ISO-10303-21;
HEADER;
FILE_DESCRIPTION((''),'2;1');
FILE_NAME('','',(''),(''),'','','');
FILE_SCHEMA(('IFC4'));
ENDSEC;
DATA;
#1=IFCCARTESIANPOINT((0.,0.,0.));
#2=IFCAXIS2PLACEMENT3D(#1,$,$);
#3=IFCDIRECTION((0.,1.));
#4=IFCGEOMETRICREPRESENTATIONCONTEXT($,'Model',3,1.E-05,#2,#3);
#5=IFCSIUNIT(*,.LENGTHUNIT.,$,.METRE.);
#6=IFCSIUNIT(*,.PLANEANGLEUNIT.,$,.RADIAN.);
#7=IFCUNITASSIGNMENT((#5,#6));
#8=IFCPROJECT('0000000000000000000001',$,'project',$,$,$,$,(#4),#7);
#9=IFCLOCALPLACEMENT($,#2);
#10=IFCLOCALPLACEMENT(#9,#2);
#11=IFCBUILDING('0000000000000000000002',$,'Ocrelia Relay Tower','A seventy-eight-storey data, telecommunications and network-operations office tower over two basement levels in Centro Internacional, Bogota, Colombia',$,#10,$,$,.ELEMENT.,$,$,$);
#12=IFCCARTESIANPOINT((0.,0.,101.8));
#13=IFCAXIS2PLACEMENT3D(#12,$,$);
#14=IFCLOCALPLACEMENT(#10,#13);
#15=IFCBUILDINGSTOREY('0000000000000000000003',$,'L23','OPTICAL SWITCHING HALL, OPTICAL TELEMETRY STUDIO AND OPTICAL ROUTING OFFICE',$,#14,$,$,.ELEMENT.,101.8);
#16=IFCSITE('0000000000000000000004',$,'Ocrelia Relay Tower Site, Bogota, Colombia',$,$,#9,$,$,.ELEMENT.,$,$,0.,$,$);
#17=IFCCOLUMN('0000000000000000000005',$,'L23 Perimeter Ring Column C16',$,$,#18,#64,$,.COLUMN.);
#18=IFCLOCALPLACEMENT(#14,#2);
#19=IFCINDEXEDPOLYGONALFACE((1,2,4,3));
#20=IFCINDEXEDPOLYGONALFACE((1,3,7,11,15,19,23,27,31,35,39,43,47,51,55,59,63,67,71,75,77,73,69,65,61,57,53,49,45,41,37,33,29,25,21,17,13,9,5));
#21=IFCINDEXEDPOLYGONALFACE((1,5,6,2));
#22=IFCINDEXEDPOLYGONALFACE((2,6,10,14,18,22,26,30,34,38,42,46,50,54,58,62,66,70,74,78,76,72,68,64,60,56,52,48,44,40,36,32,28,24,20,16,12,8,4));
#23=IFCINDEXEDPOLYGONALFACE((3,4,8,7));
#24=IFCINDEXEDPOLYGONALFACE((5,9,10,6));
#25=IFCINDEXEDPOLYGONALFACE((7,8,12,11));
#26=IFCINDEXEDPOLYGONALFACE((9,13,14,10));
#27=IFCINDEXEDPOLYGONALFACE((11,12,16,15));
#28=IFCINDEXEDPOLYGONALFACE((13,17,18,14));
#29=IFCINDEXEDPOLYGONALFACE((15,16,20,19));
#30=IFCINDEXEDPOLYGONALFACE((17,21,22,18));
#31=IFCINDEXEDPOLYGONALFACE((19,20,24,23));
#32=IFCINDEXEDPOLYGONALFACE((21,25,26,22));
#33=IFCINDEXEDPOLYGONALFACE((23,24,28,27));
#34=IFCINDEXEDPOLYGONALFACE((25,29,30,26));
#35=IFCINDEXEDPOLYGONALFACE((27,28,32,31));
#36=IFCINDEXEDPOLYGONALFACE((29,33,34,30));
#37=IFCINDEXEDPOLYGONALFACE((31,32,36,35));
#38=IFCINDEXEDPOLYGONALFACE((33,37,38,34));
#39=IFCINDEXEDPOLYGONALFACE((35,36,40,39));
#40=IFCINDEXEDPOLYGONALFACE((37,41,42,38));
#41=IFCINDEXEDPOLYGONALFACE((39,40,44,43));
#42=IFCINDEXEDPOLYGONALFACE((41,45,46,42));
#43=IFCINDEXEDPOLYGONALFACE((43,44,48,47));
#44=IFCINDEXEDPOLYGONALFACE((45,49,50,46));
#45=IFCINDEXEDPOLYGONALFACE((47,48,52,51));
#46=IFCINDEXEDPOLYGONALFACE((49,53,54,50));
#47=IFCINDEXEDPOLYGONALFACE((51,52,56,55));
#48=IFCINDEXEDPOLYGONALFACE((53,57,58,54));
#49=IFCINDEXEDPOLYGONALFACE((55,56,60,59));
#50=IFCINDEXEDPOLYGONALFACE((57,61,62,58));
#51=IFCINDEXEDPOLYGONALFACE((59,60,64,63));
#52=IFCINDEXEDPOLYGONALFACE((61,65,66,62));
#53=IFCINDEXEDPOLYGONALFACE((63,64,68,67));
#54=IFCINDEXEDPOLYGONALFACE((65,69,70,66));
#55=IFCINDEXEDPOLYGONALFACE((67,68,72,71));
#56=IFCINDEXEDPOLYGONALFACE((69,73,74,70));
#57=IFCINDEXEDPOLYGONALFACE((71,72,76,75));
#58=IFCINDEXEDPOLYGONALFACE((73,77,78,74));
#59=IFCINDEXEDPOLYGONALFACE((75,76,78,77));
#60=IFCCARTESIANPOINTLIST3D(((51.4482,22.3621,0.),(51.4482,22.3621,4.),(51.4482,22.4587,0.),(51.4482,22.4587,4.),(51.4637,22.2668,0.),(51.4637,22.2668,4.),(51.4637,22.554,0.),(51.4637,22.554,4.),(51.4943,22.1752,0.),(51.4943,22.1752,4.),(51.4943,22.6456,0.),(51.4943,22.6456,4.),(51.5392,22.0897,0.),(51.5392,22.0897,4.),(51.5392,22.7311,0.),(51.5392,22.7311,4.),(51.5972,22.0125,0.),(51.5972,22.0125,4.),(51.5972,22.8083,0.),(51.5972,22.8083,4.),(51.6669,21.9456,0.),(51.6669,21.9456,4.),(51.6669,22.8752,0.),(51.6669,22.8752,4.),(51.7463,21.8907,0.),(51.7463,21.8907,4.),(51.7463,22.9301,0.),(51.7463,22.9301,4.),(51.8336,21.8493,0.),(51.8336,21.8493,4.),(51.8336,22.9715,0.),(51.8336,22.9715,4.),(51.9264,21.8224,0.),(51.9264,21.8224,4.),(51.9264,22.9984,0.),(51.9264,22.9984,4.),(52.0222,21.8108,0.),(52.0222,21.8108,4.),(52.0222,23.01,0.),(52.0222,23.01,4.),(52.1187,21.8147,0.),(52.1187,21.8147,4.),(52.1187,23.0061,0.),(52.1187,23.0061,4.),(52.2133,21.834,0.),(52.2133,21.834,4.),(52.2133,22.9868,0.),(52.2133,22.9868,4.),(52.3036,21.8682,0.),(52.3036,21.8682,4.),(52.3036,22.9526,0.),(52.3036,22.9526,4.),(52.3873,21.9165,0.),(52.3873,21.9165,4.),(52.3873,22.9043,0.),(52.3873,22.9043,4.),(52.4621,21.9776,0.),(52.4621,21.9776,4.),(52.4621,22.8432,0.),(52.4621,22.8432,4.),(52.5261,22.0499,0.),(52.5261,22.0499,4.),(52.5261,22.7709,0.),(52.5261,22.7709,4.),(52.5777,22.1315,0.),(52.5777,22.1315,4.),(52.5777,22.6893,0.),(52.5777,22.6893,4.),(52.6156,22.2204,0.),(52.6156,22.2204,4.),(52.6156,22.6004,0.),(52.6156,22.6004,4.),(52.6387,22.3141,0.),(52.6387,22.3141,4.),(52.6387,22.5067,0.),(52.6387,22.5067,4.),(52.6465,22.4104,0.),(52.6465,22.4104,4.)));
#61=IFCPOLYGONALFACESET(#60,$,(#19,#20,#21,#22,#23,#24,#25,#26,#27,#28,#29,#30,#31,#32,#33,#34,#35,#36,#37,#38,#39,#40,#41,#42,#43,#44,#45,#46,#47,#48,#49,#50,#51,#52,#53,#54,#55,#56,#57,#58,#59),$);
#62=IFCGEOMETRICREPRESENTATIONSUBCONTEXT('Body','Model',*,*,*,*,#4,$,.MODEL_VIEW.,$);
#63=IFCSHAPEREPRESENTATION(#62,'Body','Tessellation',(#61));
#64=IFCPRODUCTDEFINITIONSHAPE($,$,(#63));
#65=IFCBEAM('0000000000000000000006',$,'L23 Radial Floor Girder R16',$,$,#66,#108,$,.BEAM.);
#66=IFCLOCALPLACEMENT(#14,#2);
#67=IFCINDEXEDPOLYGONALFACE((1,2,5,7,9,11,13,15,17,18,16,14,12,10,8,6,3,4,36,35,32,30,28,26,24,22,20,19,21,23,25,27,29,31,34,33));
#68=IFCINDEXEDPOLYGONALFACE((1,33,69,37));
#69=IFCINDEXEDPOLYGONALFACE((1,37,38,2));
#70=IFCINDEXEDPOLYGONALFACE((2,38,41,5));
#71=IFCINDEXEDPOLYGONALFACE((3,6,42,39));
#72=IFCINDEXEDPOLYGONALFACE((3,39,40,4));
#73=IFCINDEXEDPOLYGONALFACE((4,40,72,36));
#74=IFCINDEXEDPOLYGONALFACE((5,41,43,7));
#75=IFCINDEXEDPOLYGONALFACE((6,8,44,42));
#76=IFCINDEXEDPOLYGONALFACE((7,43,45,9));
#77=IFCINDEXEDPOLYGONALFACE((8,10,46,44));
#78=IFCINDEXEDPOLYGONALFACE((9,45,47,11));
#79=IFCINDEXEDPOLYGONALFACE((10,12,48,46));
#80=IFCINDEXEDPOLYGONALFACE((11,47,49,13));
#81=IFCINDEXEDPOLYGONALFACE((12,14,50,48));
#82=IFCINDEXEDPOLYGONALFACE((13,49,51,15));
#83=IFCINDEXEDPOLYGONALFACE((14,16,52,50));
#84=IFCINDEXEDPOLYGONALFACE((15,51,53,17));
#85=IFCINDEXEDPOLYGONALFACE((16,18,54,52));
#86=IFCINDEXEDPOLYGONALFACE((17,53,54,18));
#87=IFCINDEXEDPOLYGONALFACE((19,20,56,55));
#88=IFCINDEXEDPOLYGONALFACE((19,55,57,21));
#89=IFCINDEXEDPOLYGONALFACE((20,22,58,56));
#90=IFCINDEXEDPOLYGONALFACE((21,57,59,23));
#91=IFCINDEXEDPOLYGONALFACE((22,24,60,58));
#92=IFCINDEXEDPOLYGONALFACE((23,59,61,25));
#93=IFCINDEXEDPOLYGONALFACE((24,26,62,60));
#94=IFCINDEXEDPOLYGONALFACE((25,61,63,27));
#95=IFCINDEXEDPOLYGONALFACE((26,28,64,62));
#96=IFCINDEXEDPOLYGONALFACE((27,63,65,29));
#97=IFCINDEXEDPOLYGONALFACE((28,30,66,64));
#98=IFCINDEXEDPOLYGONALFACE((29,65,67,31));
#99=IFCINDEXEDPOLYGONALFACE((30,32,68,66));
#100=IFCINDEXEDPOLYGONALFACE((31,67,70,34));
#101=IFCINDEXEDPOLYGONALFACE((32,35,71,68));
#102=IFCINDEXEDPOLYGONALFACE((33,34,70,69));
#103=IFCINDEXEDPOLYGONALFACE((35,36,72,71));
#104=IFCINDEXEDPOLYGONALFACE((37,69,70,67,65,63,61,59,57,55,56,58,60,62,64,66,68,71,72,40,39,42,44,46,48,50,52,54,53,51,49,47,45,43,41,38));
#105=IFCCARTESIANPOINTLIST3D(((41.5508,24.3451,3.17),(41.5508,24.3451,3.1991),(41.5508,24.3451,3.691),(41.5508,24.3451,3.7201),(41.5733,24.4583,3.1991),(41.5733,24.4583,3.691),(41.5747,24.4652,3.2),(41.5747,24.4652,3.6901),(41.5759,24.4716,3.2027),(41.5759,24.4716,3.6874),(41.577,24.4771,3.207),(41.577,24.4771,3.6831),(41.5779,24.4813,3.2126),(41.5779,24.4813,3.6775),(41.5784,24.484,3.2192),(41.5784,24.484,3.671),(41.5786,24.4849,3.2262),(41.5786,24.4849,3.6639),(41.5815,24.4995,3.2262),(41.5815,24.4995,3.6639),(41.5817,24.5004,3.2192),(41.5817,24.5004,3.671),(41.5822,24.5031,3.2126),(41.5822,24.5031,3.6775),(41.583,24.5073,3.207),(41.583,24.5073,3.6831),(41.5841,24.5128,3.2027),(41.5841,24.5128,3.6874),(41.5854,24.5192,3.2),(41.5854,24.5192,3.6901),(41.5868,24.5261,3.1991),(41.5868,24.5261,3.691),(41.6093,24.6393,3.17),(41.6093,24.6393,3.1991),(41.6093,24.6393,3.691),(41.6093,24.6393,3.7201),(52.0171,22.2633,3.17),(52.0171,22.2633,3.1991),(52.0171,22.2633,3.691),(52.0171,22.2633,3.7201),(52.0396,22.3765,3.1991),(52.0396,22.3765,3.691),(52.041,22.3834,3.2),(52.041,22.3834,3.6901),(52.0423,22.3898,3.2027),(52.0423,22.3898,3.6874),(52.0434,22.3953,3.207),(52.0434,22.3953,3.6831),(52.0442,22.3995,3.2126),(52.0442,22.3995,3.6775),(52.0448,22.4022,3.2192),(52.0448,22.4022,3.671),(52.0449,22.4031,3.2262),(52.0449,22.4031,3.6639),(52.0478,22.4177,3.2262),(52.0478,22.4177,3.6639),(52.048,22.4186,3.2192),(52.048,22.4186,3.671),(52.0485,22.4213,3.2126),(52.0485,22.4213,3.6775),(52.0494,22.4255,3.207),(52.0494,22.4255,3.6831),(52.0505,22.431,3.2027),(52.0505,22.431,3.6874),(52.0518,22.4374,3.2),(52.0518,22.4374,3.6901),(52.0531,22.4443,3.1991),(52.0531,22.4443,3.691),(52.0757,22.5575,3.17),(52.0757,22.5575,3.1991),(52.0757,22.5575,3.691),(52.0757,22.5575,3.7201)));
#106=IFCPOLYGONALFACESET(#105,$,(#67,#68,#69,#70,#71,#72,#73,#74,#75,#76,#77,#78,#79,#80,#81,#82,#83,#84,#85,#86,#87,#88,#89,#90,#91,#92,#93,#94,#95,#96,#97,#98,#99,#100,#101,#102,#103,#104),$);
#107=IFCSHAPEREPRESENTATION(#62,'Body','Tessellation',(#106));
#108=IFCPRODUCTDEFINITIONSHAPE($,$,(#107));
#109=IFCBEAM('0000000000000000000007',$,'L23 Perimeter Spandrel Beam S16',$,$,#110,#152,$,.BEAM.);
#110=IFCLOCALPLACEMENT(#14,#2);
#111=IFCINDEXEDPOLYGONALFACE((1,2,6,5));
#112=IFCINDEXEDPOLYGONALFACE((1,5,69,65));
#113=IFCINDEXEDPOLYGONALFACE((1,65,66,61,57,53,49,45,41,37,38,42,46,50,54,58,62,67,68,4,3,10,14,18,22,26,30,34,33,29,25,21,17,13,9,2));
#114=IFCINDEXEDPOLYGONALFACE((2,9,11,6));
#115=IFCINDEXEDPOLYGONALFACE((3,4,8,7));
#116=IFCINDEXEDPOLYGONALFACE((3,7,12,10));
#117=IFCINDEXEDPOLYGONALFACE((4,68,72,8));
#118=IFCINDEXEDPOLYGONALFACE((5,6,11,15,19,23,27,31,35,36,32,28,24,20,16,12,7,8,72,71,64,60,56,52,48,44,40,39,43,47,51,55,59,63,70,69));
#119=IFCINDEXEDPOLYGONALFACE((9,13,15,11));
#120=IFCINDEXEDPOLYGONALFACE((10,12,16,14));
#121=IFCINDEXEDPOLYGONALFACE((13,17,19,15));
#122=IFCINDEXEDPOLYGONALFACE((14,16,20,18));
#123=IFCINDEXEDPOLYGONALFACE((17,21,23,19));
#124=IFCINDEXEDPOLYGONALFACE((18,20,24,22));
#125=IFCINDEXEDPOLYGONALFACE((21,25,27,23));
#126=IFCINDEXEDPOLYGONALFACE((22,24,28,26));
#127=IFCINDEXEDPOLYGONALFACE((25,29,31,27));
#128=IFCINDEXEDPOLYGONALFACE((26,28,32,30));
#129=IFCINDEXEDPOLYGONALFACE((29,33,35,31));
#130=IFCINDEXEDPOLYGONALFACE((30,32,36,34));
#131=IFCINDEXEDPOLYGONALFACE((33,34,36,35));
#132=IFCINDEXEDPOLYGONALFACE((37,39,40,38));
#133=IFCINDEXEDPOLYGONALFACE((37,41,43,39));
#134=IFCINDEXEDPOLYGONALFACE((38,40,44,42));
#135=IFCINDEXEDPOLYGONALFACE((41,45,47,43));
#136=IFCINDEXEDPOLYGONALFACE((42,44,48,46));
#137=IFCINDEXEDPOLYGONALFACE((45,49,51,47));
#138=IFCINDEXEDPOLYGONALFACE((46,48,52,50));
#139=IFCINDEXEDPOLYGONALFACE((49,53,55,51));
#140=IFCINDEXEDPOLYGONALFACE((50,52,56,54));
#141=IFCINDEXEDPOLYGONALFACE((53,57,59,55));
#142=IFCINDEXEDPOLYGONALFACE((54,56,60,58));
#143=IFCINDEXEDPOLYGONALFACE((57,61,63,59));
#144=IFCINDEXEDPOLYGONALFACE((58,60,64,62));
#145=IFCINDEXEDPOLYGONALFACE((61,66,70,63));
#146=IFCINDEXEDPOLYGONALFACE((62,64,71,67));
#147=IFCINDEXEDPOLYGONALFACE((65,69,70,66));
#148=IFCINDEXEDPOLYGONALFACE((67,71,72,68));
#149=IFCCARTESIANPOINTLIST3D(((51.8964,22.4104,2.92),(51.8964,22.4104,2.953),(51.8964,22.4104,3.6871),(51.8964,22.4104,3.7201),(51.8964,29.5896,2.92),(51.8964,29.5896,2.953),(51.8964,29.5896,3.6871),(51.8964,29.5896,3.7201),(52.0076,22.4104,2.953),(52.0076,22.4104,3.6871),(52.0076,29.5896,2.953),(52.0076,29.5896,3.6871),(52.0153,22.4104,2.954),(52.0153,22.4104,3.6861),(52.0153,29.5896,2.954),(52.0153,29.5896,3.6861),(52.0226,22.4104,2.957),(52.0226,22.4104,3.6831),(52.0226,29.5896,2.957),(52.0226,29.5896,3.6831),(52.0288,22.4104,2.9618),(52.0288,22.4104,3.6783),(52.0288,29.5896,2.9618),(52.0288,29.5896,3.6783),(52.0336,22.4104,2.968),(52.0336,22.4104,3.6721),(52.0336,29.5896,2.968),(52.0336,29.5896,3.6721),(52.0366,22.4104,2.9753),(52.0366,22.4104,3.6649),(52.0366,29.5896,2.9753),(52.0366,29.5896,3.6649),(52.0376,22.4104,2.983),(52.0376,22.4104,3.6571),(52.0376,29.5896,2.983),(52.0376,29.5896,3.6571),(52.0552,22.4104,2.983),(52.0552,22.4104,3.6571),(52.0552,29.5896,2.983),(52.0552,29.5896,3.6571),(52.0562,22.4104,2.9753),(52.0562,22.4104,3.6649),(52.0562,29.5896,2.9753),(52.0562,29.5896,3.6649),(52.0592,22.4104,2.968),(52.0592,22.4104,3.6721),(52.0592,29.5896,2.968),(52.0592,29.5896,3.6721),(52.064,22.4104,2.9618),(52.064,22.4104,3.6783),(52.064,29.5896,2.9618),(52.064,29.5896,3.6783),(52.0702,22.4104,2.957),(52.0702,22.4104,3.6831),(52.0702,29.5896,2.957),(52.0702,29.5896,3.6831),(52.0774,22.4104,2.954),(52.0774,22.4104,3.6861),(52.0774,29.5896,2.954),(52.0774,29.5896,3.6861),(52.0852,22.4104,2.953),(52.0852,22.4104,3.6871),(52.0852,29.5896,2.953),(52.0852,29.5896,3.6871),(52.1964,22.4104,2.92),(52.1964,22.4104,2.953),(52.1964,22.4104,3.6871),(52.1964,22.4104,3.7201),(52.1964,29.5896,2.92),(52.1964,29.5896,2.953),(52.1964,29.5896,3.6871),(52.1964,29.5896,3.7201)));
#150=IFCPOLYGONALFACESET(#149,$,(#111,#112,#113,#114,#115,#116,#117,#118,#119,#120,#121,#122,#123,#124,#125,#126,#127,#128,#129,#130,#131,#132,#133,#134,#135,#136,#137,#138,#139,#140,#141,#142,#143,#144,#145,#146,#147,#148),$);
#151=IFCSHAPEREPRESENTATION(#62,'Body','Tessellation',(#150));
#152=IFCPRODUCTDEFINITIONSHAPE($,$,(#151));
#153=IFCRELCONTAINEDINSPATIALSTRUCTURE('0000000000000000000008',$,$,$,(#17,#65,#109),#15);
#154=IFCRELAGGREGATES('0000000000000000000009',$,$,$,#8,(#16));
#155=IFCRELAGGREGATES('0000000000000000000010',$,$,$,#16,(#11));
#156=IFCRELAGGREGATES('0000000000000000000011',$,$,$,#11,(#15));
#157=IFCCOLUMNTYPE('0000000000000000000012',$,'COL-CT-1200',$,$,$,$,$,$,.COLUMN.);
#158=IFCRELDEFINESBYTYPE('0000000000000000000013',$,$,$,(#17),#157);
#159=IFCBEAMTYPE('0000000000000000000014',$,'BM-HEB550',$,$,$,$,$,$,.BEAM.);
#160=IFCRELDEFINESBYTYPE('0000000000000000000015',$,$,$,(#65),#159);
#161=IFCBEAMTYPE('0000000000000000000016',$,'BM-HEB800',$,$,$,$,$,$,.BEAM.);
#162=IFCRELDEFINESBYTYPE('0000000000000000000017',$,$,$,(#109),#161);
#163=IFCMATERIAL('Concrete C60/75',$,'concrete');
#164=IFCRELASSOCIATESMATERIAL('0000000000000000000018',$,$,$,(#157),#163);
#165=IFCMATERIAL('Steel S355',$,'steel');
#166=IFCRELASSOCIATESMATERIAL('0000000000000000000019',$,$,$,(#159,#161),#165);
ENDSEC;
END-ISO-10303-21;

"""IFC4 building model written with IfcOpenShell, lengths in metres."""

from ifc_helpers import new_model, si_unit, direction, frame, origin, origin_2d, place, context, subcontext, project, spatial, circle, i_section, extrude, material, material_profile, profile_set, type_object, element, save


model = new_model("IFC4")

# Units and contexts
model_context = context("Model", 3, precision=1e-05, world=origin(), true_north=direction((0.0, 1.0)))
body_context = subcontext(model_context, "Body", "Model", "MODEL_VIEW")
ifc_project = project(units=[si_unit("LENGTHUNIT", "METRE"), si_unit("PLANEANGLEUNIT", "RADIAN")], contexts=[model_context])

# Site, building, storey
site_placement = place(None, origin())
site = spatial("IfcSite", under=ifc_project, at=site_placement, Name="Ocrelia Relay Tower Site, Bogota, Colombia", CompositionType="ELEMENT", RefElevation=0.0)
building_placement = place(site_placement, origin())
building = spatial("IfcBuilding", under=site, at=building_placement, Name="Ocrelia Relay Tower", Description="A seventy-eight-storey data, telecommunications and network-operations office tower over two basement levels in Centro Internacional, Bogota, Colombia", CompositionType="ELEMENT")
storey_placement = place(building_placement, frame((0.0, 0.0, 101.8)))
storey = spatial("IfcBuildingStorey", under=building, at=storey_placement, Name="L23", Description="OPTICAL SWITCHING HALL, OPTICAL TELEMETRY STUDIO AND OPTICAL ROUTING OFFICE", CompositionType="ELEMENT", Elevation=101.8)

# Column
ifc_material_1 = material(Name="Concrete C60/75", Category="concrete")
ifc_material_profile_1 = material_profile(ifc_material_1, circle(Radius=0.6001, at=origin_2d()), Name="RC-CIR-1200")
ifc_profile_set_1 = profile_set([ifc_material_profile_1], Name="Concrete C60/75")
column_type = type_object("IfcColumnType", Name="COL-CT-1200", PredefinedType="COLUMN", material=ifc_profile_set_1)
column_placement = place(storey_placement, frame((52.0464, 22.4104, 0.0), z_axis=(0.0, 0.0, 1.0), x_axis=(1.0, 0.0, 0.0)))
element("IfcColumn", 1, at=column_placement, inside=storey, type_object=column_type, Name="L23 Perimeter Ring Column C16", PredefinedType="COLUMN", context=body_context, shape_type="SweptSolid", body=[
    extrude(circle(Radius=0.6001, at=origin_2d()), origin(), (0.0, 0.0, 1.0), 4.0),
])

# Beams
ifc_material_2 = material(Name="Steel S355", Category="steel")
ifc_material_profile_2 = material_profile(ifc_material_2, i_section(OverallWidth=0.3, OverallDepth=0.55, WebThickness=0.0149, FlangeThickness=0.0291, FilletRadius=0.0271, at=origin_2d()), Name="HEB 550")
ifc_profile_set_2 = profile_set([ifc_material_profile_2], Name="Steel S355")
beam_type_1 = type_object("IfcBeamType", Name="BM-HEB550", PredefinedType="BEAM", material=ifc_profile_set_2)
beam_1_placement = place(storey_placement, frame((52.0464, 22.4104, 3.4451), z_axis=(-0.980787, 0.195082, 0.0), x_axis=(-0.195082, -0.980787, 0.0)))
element("IfcBeam", 2, at=beam_1_placement, inside=storey, type_object=beam_type_1, Name="L23 Radial Floor Girder R16", PredefinedType="BEAM", context=body_context, shape_type="SweptSolid", body=[
    extrude(i_section(OverallWidth=0.3, OverallDepth=0.55, WebThickness=0.0149, FlangeThickness=0.0291, FilletRadius=0.0271, at=origin_2d()), origin(), (0.0, 0.0, 1.0), 10.6714),
])
ifc_material_profile_3 = material_profile(ifc_material_2, i_section(OverallWidth=0.3, OverallDepth=0.8, WebThickness=0.0176, FlangeThickness=0.033, FilletRadius=0.03, at=origin_2d()), Name="HEB 800")
ifc_profile_set_3 = profile_set([ifc_material_profile_3], Name="Steel S355")
beam_type_2 = type_object("IfcBeamType", Name="BM-HEB800", PredefinedType="BEAM", material=ifc_profile_set_3)
beam_2_placement = place(storey_placement, frame((52.0464, 22.4104, 3.3201), z_axis=(0.0, 1.0, 0.0), x_axis=(-1.0, 0.0, 0.0)))
element("IfcBeam", 3, at=beam_2_placement, inside=storey, type_object=beam_type_2, Name="L23 Perimeter Spandrel Beam S16", PredefinedType="BEAM", context=body_context, shape_type="SweptSolid", body=[
    extrude(i_section(OverallWidth=0.3, OverallDepth=0.8, WebThickness=0.0176, FlangeThickness=0.033, FilletRadius=0.03, at=origin_2d()), origin(), (0.0, 0.0, 1.0), 7.1792),
])

save(model, "model.ifc")
